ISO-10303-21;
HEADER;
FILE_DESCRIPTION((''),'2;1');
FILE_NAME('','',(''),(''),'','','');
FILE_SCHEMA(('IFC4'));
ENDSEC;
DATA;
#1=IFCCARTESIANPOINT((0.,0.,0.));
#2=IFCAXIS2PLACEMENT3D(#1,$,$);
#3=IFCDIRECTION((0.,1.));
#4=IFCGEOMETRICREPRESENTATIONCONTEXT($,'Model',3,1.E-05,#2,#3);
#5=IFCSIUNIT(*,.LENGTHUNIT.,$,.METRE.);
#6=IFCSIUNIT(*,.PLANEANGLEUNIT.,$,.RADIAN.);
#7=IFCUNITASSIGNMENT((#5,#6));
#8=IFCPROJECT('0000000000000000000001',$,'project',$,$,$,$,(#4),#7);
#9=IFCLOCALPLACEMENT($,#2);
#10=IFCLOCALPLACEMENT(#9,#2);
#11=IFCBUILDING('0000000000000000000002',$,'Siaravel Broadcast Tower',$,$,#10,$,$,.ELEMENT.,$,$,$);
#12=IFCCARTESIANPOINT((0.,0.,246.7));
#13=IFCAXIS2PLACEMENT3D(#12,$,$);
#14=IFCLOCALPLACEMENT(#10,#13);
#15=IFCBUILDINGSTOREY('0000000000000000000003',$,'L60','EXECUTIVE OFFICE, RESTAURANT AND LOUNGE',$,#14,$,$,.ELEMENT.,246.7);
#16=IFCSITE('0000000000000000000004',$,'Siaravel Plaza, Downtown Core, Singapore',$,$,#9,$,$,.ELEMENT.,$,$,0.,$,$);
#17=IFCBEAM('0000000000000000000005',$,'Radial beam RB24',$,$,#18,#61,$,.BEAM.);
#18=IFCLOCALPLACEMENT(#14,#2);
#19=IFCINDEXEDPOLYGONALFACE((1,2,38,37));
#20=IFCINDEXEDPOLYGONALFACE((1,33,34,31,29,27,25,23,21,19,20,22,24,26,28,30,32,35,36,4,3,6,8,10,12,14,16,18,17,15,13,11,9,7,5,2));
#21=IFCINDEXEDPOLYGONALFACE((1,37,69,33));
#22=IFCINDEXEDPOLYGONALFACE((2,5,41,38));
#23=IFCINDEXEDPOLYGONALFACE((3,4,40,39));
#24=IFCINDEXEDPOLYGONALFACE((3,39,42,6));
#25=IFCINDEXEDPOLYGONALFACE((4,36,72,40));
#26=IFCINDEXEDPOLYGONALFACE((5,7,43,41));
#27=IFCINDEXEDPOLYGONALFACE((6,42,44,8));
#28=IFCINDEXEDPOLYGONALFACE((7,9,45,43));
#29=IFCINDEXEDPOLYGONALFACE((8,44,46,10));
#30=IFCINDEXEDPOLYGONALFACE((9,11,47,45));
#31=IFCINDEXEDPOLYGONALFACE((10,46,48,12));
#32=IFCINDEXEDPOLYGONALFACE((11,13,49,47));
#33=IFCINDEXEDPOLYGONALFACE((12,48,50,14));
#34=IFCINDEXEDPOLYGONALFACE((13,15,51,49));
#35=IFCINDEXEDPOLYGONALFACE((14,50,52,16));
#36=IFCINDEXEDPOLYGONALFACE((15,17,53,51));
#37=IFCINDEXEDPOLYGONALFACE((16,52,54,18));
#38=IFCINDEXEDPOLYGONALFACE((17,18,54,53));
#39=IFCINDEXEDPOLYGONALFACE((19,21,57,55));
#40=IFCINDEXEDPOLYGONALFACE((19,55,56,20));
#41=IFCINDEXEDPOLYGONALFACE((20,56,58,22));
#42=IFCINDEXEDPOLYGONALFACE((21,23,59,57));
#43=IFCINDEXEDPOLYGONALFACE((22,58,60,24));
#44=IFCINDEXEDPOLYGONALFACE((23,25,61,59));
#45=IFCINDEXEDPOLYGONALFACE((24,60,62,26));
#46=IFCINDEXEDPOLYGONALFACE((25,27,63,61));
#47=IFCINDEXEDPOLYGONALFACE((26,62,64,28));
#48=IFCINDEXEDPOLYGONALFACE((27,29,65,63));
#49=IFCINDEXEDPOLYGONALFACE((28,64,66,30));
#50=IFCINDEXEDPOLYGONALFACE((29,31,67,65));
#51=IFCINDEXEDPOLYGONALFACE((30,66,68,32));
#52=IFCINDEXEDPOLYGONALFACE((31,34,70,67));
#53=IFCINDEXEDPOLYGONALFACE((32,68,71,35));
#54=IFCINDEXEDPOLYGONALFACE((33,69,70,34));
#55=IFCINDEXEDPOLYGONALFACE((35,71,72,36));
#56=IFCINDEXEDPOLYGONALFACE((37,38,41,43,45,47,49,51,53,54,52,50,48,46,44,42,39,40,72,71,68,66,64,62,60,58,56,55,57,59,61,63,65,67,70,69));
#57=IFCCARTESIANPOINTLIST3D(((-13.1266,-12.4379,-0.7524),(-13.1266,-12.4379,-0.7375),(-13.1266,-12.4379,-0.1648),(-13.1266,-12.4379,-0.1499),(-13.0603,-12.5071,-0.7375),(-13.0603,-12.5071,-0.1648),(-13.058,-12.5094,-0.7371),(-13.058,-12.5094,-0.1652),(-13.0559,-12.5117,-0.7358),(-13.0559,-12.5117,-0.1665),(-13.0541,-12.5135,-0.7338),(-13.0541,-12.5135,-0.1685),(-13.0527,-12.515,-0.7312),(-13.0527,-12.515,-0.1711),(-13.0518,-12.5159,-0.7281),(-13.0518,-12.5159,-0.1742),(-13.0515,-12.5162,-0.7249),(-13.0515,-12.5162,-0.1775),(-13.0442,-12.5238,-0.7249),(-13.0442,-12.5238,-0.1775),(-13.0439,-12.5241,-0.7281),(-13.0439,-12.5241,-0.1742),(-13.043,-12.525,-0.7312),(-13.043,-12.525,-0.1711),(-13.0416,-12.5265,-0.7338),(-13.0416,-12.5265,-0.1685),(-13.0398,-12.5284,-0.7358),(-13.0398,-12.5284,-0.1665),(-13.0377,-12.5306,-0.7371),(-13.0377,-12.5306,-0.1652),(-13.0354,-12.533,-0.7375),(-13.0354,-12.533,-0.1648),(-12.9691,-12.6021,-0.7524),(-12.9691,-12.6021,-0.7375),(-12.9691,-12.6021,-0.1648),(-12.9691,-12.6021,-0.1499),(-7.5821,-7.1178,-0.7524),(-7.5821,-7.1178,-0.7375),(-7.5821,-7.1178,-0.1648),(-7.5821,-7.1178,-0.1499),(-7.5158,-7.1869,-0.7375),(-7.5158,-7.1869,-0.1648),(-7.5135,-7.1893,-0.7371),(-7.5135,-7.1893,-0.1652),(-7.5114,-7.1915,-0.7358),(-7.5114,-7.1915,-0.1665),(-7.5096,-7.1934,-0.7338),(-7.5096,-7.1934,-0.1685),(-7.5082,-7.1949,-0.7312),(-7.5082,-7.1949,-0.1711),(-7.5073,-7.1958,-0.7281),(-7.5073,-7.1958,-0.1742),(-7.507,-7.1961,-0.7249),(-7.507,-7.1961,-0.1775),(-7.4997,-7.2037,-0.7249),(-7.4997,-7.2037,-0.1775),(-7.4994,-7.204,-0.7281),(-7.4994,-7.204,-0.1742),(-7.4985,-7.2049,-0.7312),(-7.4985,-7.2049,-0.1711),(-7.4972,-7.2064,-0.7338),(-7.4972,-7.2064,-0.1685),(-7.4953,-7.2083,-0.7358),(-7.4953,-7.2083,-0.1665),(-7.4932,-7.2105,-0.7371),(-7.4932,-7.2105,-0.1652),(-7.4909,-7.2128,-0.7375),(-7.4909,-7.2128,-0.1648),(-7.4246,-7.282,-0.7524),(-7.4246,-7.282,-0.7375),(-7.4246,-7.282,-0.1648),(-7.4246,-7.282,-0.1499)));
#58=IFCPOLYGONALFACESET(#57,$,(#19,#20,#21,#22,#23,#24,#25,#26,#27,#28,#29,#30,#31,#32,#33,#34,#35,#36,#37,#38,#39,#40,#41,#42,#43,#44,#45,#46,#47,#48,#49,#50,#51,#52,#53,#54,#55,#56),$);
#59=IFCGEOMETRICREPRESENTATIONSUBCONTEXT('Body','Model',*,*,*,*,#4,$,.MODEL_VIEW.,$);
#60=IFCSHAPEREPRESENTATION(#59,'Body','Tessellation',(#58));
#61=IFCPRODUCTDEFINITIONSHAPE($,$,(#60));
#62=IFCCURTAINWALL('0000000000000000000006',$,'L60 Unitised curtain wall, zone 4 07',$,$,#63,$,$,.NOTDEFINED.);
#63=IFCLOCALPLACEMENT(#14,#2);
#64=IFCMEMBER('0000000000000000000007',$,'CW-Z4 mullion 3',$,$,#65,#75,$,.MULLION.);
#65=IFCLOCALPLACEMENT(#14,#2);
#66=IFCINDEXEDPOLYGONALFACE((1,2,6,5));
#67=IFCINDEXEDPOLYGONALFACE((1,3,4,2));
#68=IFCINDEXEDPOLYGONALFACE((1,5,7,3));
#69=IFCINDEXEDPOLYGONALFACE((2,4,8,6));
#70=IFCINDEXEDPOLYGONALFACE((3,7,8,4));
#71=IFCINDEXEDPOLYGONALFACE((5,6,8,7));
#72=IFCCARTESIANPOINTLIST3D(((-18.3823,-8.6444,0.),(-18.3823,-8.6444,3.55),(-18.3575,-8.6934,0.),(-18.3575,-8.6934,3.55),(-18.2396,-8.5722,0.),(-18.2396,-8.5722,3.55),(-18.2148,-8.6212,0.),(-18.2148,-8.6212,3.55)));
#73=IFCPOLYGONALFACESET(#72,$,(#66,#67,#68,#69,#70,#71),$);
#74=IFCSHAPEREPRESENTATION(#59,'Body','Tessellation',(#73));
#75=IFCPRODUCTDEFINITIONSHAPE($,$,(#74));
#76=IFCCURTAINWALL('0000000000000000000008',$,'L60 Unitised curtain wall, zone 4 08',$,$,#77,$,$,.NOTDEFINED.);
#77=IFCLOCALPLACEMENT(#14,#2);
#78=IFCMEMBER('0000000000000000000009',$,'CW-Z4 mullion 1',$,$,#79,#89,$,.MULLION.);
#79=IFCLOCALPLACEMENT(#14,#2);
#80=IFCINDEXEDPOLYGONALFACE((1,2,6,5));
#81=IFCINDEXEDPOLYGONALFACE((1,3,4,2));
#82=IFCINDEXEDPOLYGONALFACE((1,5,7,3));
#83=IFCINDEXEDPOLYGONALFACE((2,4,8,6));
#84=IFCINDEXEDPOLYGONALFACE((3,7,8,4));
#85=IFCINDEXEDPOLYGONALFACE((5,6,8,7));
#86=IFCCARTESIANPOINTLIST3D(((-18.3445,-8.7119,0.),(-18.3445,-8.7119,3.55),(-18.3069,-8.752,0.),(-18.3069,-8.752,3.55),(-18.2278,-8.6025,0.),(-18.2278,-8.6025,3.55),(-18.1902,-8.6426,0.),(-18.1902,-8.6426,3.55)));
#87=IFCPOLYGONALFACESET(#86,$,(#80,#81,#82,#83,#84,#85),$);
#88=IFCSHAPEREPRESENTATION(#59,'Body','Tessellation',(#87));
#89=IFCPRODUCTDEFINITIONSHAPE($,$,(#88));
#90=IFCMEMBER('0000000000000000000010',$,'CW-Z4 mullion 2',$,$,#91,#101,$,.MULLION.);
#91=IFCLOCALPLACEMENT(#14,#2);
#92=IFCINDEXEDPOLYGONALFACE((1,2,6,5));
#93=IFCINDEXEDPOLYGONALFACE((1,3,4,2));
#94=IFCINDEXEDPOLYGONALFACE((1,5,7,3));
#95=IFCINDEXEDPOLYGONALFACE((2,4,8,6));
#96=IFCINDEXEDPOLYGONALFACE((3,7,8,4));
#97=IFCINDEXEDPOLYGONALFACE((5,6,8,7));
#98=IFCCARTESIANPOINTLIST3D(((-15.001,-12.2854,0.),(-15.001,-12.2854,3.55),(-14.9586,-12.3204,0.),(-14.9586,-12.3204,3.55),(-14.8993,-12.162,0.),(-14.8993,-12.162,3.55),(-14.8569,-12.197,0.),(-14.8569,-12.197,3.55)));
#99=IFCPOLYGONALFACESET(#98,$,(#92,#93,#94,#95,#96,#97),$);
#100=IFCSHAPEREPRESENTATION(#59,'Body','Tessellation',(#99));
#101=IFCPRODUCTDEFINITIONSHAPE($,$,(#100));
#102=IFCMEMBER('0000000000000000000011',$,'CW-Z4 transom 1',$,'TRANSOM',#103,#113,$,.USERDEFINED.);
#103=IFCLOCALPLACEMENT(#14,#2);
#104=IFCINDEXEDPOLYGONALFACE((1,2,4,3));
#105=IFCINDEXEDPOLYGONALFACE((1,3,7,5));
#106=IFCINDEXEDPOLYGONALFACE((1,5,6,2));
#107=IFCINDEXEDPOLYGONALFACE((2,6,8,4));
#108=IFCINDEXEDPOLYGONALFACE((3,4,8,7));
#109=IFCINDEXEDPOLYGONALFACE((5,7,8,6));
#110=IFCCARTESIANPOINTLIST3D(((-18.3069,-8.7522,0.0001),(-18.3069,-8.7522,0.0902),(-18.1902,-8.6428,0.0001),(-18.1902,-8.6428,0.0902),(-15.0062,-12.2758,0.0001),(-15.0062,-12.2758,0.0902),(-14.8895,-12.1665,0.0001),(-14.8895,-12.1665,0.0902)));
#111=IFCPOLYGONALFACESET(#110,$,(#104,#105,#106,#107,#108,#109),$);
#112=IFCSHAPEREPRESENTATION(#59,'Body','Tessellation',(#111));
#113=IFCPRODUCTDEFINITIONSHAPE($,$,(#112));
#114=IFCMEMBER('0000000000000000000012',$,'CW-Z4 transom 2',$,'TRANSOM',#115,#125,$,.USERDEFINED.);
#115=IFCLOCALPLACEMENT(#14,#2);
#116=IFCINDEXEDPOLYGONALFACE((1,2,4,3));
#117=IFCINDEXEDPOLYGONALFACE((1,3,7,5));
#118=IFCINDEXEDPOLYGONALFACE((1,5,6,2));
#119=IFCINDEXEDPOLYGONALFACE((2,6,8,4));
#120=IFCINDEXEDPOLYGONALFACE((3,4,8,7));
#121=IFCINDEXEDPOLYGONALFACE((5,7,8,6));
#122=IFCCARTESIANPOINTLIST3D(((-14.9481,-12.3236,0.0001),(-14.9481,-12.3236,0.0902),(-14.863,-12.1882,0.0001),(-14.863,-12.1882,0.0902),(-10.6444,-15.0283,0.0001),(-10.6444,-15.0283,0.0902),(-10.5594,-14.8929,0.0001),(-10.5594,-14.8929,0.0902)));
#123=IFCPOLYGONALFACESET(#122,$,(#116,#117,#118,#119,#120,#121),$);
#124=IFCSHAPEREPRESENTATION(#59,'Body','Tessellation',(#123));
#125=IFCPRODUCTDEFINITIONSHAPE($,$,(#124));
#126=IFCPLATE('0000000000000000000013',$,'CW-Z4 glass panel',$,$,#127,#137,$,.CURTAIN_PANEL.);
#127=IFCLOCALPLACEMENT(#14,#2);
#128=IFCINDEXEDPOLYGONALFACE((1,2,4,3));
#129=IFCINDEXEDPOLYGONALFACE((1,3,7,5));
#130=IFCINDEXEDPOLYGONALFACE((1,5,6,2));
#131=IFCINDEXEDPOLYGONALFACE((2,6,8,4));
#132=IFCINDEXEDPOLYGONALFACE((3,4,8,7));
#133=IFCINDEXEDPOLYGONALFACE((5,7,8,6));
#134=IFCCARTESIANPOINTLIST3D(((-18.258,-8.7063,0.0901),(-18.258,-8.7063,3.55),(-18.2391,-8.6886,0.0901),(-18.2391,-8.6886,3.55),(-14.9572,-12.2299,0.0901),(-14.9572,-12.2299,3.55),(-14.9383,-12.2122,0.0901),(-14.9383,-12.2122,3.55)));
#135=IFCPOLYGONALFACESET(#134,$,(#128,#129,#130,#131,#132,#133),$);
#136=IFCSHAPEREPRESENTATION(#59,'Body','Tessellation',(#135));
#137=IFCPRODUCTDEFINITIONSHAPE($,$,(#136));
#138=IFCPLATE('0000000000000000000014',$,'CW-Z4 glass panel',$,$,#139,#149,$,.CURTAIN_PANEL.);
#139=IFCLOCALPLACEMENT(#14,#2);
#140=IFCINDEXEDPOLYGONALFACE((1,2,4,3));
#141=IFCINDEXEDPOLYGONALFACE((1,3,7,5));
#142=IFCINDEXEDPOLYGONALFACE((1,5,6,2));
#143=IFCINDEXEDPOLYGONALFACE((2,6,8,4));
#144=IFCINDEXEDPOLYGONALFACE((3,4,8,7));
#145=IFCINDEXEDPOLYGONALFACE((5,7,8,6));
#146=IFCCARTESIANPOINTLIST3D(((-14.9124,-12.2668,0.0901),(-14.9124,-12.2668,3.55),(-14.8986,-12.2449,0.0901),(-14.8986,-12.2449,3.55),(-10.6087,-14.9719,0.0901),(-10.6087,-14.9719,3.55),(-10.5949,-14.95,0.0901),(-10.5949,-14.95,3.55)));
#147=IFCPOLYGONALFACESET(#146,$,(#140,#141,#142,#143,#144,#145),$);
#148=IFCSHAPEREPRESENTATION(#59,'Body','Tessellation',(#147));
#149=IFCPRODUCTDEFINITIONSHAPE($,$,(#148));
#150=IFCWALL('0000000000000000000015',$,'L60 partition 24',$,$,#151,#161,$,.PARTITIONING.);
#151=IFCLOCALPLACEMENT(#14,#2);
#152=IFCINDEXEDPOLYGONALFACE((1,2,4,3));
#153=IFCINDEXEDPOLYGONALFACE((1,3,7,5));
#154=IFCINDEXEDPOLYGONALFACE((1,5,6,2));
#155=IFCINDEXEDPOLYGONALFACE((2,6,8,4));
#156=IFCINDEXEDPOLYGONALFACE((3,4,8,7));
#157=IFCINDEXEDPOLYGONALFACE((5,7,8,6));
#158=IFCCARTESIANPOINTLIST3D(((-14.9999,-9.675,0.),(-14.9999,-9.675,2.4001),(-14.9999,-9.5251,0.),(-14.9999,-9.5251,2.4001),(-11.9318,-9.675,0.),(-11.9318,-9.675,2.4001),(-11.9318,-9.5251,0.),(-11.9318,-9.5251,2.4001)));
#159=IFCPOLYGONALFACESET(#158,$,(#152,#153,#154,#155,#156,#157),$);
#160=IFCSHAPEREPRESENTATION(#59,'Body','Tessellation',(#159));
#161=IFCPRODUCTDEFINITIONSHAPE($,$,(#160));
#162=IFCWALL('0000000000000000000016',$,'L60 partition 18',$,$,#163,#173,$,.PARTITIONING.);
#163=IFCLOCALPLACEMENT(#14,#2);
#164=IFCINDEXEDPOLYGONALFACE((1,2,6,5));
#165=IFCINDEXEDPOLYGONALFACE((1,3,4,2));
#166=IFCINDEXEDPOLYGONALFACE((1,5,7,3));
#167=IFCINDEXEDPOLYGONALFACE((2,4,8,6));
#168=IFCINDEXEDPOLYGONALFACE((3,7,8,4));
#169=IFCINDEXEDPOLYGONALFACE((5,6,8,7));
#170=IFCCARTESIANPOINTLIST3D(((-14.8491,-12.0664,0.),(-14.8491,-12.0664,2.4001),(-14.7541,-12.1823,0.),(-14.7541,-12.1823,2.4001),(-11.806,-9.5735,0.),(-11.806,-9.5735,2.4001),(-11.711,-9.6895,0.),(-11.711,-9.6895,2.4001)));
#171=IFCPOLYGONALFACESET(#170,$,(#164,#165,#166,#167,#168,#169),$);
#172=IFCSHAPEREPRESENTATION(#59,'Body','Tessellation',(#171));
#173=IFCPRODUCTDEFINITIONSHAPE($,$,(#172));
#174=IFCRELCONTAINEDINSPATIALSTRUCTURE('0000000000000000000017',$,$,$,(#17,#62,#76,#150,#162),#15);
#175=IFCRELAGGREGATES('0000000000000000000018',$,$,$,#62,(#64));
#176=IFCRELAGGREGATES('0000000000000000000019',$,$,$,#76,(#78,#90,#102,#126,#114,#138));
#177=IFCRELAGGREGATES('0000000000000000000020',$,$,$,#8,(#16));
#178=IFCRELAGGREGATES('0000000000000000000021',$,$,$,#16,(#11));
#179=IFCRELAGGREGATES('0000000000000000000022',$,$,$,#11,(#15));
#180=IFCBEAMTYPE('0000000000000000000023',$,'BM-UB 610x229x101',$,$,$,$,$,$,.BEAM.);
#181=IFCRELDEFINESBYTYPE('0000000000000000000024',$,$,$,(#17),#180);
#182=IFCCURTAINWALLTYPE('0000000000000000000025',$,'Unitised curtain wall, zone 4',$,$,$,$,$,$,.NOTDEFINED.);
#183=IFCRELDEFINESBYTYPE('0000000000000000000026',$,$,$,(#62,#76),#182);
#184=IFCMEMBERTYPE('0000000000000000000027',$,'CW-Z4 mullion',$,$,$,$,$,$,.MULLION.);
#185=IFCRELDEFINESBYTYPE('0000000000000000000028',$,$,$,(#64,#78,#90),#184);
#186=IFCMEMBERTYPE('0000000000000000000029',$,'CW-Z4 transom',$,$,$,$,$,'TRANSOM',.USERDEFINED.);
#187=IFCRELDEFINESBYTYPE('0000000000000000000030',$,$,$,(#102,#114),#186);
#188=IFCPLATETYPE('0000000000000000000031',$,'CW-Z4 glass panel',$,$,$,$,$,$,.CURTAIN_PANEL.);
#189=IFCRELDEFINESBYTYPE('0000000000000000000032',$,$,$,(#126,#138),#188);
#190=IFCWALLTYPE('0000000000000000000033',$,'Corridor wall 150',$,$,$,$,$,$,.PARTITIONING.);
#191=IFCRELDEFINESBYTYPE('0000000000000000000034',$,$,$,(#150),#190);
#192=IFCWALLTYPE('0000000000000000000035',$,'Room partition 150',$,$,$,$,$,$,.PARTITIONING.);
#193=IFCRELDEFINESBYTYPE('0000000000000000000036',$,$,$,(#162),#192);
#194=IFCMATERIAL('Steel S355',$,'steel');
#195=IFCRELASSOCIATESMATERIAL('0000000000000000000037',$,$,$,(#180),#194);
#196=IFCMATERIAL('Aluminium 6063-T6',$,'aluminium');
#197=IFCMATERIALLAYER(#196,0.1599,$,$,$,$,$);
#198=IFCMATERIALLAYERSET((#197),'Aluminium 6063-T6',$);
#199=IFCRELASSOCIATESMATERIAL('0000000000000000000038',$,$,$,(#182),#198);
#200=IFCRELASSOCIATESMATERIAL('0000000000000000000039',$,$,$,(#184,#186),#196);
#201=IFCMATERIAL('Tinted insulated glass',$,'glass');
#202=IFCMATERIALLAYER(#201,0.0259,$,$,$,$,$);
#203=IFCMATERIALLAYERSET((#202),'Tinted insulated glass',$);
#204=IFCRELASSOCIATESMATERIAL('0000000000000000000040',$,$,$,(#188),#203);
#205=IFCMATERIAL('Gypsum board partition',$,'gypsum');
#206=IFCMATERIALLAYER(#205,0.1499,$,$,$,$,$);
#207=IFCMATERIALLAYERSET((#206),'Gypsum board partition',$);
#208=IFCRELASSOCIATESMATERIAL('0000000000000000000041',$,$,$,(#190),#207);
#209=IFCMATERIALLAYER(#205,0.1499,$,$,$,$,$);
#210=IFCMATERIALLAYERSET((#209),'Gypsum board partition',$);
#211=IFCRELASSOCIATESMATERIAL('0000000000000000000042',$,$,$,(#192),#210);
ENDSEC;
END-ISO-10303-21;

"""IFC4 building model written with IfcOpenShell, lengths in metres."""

from ifc_helpers import new_model, si_unit, direction, frame, frame_2d, origin, origin_2d, place, context, subcontext, project, spatial, rectangle, i_section, extrude, material, layer, layer_set, material_profile, profile_set, type_object, element, aggregate, save


model = new_model("IFC4")

# Units and contexts
model_context = context("Model", 3, precision=1e-05, world=origin(), true_north=direction((0.0, 1.0)))
body_context = subcontext(model_context, "Body", "Model", "MODEL_VIEW")
ifc_project = project(units=[si_unit("LENGTHUNIT", "METRE"), si_unit("PLANEANGLEUNIT", "RADIAN")], contexts=[model_context])

# Site, building, storey
site_placement = place(None, origin())
site = spatial("IfcSite", under=ifc_project, at=site_placement, Name="Siaravel Plaza, Downtown Core, Singapore", CompositionType="ELEMENT", RefElevation=0.0)
building_placement = place(site_placement, origin())
building = spatial("IfcBuilding", under=site, at=building_placement, Name="Siaravel Broadcast Tower", CompositionType="ELEMENT")
storey_placement = place(building_placement, frame((0.0, 0.0, 246.7)))
storey = spatial("IfcBuildingStorey", under=building, at=storey_placement, Name="L60", Description="EXECUTIVE OFFICE, RESTAURANT AND LOUNGE", CompositionType="ELEMENT", Elevation=246.7)

# Beam
ifc_material_1 = material(Name="Steel S355", Category="steel")
ifc_material_profile_1 = material_profile(ifc_material_1, i_section(OverallWidth=0.2275, OverallDepth=0.6025, WebThickness=0.0105, FlangeThickness=0.0149, FilletRadius=0.0127, at=origin_2d()))
ifc_profile_set_1 = profile_set([ifc_material_profile_1], Name="Steel S355")
beam_type = type_object("IfcBeamType", Name="BM-UB 610x229x101", PredefinedType="BEAM", material=ifc_profile_set_1)
beam_1_placement = place(storey_placement, frame((-13.0479, -12.52, -0.4512), z_axis=(0.721556, 0.692357, 0.0), x_axis=(-0.692357, 0.721556, 0.0)))
element("IfcBeam", 1, at=beam_1_placement, inside=storey, type_object=beam_type, Name="Radial beam RB24", PredefinedType="BEAM", context=body_context, shape_type="SweptSolid", body=[
    extrude(i_section(OverallWidth=0.2275, OverallDepth=0.6025, WebThickness=0.0105, FlangeThickness=0.0149, FilletRadius=0.0127, at=origin_2d()), origin(), (0.0, 0.0, 1.0), 7.6841),
])

# Curtain wall, member
ifc_material_2 = material(Name="Aluminium 6063-T6", Category="aluminium")
ifc_layer_1 = layer(ifc_material_2, 0.1599)
ifc_layer_set_1 = layer_set([ifc_layer_1], Name="Aluminium 6063-T6")
curtain_wall_type = type_object("IfcCurtainWallType", Name="Unitised curtain wall, zone 4", PredefinedType="NOTDEFINED", material=ifc_layer_set_1)
curtain_wall_1_placement = place(storey_placement, origin())
curtain_wall_1 = element("IfcCurtainWall", 2, at=curtain_wall_1_placement, inside=storey, type_object=curtain_wall_type, Name="L60 Unitised curtain wall, zone 4 07", PredefinedType="NOTDEFINED")
ifc_material_profile_2 = material_profile(ifc_material_2, rectangle(XDim=0.1599, YDim=0.0549, at=origin_2d()))
ifc_profile_set_2 = profile_set([ifc_material_profile_2], Name="Aluminium 6063-T6")
member_type_1 = type_object("IfcMemberType", Name="CW-Z4 mullion", PredefinedType="MULLION", material=ifc_profile_set_2)
member_1_placement = place(storey_placement, frame((-18.2986, -8.6328, 0.0), z_axis=(0.0, 0.0, 1.0), x_axis=(0.892393, 0.451259, 0.0)))
member_1 = element("IfcMember", 3, at=member_1_placement, type_object=member_type_1, Name="CW-Z4 mullion 3", PredefinedType="MULLION", context=body_context, shape_type="SweptSolid", body=[
    extrude(rectangle(XDim=0.1599, YDim=0.0549, at=origin_2d()), origin(), (0.0, 0.0, 1.0), 3.55),
])
aggregate(curtain_wall_1, [member_1])

# Curtain wall, members, plates
curtain_wall_2_placement = place(storey_placement, origin())
curtain_wall_2 = element("IfcCurtainWall", 4, at=curtain_wall_2_placement, inside=storey, type_object=curtain_wall_type, Name="L60 Unitised curtain wall, zone 4 08", PredefinedType="NOTDEFINED")
member_2_placement = place(storey_placement, frame((-18.2673, -8.6772, 0.0), z_axis=(0.0, 0.0, 1.0), x_axis=(0.729807, 0.683654, 0.0)))
member_2 = element("IfcMember", 5, at=member_2_placement, type_object=member_type_1, Name="CW-Z4 mullion 1", PredefinedType="MULLION", context=body_context, shape_type="SweptSolid", body=[
    extrude(rectangle(XDim=0.1599, YDim=0.0549, at=origin_2d()), origin(), (0.0, 0.0, 1.0), 3.55),
])
member_3_placement = place(storey_placement, frame((-14.929, -12.2412, 0.0), z_axis=(0.0, 0.0, 1.0), x_axis=(0.63622, 0.771508, 0.0)))
member_3 = element("IfcMember", 6, at=member_3_placement, type_object=member_type_1, Name="CW-Z4 mullion 2", PredefinedType="MULLION", context=body_context, shape_type="SweptSolid", body=[
    extrude(rectangle(XDim=0.1599, YDim=0.0549, at=origin_2d()), origin(), (0.0, 0.0, 1.0), 3.55),
])
ifc_material_profile_3 = material_profile(ifc_material_2, rectangle(XDim=0.1599, YDim=0.0901, at=origin_2d()))
ifc_profile_set_3 = profile_set([ifc_material_profile_3], Name="Aluminium 6063-T6")
member_type_2 = type_object("IfcMemberType", Name="CW-Z4 transom", ElementType="TRANSOM", PredefinedType="USERDEFINED", material=ifc_profile_set_3)
member_4_placement = place(storey_placement, frame((-18.2485, -8.6975, 0.0452), z_axis=(0.683647, -0.729813, 0.0), x_axis=(0.729813, 0.683647, 0.0)))
member_4 = element("IfcMember", 7, at=member_4_placement, type_object=member_type_2, Name="CW-Z4 transom 1", ObjectType="TRANSOM", PredefinedType="USERDEFINED", context=body_context, shape_type="SweptSolid", body=[
    extrude(rectangle(XDim=0.1599, YDim=0.0901, at=origin_2d()), origin(), (0.0, 0.0, 1.0), 4.8281),
])
member_5_placement = place(storey_placement, frame((-14.9055, -12.2559, 0.0452), z_axis=(0.846668, -0.532121, 0.0), x_axis=(0.532121, 0.846668, 0.0)))
member_5 = element("IfcMember", 8, at=member_5_placement, type_object=member_type_2, Name="CW-Z4 transom 2", ObjectType="TRANSOM", PredefinedType="USERDEFINED", context=body_context, shape_type="SweptSolid", body=[
    extrude(rectangle(XDim=0.1599, YDim=0.0901, at=origin_2d()), origin(), (0.0, 0.0, 1.0), 5.083),
])
ifc_material_3 = material(Name="Tinted insulated glass", Category="glass")
ifc_layer_2 = layer(ifc_material_3, 0.0259)
ifc_layer_set_2 = layer_set([ifc_layer_2], Name="Tinted insulated glass")
plate_type = type_object("IfcPlateType", Name="CW-Z4 glass panel", PredefinedType="CURTAIN_PANEL", material=ifc_layer_set_2)
plate_1_placement = place(storey_placement, frame((-16.5981, -10.4592, 0.0901), z_axis=(0.0, 0.0, 1.0), x_axis=(0.683654, -0.729807, 0.0)))
plate_1 = element("IfcPlate", 9, at=plate_1_placement, type_object=plate_type, Name="CW-Z4 glass panel", PredefinedType="CURTAIN_PANEL", context=body_context, shape_type="SweptSolid", body=[
    extrude(rectangle(XDim=4.8281, YDim=0.0259, at=origin_2d()), origin(), (0.0, 0.0, 1.0), 3.46),
])
plate_2_placement = place(storey_placement, frame((-12.7537, -13.6084, 0.0901), z_axis=(0.0, 0.0, 1.0), x_axis=(0.84665, -0.53215, 0.0)))
plate_2 = element("IfcPlate", 10, at=plate_2_placement, type_object=plate_type, Name="CW-Z4 glass panel", PredefinedType="CURTAIN_PANEL", context=body_context, shape_type="SweptSolid", body=[
    extrude(rectangle(XDim=5.0833, YDim=0.0259, at=origin_2d()), origin(), (0.0, 0.0, 1.0), 3.46),
])
aggregate(curtain_wall_2, [member_2, member_3, member_4, plate_1, member_5, plate_2])

# Shared definitions
ifc_material_4 = material(Name="Gypsum board partition", Category="gypsum")
ifc_layer_3 = layer(ifc_material_4, 0.1499)
ifc_layer_set_3 = layer_set([ifc_layer_3], Name="Gypsum board partition")
wall_type_1 = type_object("IfcWallType", Name="Corridor wall 150", PredefinedType="PARTITIONING", material=ifc_layer_set_3)

# Walls
wall_1_placement = place(storey_placement, frame((-15.0, -9.6001, 0.0), z_axis=(0.0, 0.0, 1.0), x_axis=(1.0, 0.0, 0.0)))
element("IfcWall", 11, at=wall_1_placement, inside=storey, type_object=wall_type_1, Name="L60 partition 24", PredefinedType="PARTITIONING", context=body_context, shape_type="SweptSolid", body=[
    extrude(rectangle(XDim=3.0681, YDim=0.1499, at=frame_2d((1.5342, 0.0))), origin(), (0.0, 0.0, 1.0), 2.4001),
])
ifc_layer_4 = layer(ifc_material_4, 0.1499)
ifc_layer_set_4 = layer_set([ifc_layer_4], Name="Gypsum board partition")
wall_type_2 = type_object("IfcWallType", Name="Room partition 150", PredefinedType="PARTITIONING", material=ifc_layer_set_4)
wall_2_placement = place(storey_placement, frame((-14.8015, -12.1243, 0.0), z_axis=(0.0, 0.0, 1.0), x_axis=(0.773581, 0.633697, 0.0)))
element("IfcWall", 12, at=wall_2_placement, inside=storey, type_object=wall_type_2, Name="L60 partition 18", PredefinedType="PARTITIONING", context=body_context, shape_type="SweptSolid", body=[
    extrude(rectangle(XDim=3.9338, YDim=0.1499, at=frame_2d((1.9668, 0.0))), origin(), (0.0, 0.0, 1.0), 2.4001),
])

save(model, "model.ifc")
